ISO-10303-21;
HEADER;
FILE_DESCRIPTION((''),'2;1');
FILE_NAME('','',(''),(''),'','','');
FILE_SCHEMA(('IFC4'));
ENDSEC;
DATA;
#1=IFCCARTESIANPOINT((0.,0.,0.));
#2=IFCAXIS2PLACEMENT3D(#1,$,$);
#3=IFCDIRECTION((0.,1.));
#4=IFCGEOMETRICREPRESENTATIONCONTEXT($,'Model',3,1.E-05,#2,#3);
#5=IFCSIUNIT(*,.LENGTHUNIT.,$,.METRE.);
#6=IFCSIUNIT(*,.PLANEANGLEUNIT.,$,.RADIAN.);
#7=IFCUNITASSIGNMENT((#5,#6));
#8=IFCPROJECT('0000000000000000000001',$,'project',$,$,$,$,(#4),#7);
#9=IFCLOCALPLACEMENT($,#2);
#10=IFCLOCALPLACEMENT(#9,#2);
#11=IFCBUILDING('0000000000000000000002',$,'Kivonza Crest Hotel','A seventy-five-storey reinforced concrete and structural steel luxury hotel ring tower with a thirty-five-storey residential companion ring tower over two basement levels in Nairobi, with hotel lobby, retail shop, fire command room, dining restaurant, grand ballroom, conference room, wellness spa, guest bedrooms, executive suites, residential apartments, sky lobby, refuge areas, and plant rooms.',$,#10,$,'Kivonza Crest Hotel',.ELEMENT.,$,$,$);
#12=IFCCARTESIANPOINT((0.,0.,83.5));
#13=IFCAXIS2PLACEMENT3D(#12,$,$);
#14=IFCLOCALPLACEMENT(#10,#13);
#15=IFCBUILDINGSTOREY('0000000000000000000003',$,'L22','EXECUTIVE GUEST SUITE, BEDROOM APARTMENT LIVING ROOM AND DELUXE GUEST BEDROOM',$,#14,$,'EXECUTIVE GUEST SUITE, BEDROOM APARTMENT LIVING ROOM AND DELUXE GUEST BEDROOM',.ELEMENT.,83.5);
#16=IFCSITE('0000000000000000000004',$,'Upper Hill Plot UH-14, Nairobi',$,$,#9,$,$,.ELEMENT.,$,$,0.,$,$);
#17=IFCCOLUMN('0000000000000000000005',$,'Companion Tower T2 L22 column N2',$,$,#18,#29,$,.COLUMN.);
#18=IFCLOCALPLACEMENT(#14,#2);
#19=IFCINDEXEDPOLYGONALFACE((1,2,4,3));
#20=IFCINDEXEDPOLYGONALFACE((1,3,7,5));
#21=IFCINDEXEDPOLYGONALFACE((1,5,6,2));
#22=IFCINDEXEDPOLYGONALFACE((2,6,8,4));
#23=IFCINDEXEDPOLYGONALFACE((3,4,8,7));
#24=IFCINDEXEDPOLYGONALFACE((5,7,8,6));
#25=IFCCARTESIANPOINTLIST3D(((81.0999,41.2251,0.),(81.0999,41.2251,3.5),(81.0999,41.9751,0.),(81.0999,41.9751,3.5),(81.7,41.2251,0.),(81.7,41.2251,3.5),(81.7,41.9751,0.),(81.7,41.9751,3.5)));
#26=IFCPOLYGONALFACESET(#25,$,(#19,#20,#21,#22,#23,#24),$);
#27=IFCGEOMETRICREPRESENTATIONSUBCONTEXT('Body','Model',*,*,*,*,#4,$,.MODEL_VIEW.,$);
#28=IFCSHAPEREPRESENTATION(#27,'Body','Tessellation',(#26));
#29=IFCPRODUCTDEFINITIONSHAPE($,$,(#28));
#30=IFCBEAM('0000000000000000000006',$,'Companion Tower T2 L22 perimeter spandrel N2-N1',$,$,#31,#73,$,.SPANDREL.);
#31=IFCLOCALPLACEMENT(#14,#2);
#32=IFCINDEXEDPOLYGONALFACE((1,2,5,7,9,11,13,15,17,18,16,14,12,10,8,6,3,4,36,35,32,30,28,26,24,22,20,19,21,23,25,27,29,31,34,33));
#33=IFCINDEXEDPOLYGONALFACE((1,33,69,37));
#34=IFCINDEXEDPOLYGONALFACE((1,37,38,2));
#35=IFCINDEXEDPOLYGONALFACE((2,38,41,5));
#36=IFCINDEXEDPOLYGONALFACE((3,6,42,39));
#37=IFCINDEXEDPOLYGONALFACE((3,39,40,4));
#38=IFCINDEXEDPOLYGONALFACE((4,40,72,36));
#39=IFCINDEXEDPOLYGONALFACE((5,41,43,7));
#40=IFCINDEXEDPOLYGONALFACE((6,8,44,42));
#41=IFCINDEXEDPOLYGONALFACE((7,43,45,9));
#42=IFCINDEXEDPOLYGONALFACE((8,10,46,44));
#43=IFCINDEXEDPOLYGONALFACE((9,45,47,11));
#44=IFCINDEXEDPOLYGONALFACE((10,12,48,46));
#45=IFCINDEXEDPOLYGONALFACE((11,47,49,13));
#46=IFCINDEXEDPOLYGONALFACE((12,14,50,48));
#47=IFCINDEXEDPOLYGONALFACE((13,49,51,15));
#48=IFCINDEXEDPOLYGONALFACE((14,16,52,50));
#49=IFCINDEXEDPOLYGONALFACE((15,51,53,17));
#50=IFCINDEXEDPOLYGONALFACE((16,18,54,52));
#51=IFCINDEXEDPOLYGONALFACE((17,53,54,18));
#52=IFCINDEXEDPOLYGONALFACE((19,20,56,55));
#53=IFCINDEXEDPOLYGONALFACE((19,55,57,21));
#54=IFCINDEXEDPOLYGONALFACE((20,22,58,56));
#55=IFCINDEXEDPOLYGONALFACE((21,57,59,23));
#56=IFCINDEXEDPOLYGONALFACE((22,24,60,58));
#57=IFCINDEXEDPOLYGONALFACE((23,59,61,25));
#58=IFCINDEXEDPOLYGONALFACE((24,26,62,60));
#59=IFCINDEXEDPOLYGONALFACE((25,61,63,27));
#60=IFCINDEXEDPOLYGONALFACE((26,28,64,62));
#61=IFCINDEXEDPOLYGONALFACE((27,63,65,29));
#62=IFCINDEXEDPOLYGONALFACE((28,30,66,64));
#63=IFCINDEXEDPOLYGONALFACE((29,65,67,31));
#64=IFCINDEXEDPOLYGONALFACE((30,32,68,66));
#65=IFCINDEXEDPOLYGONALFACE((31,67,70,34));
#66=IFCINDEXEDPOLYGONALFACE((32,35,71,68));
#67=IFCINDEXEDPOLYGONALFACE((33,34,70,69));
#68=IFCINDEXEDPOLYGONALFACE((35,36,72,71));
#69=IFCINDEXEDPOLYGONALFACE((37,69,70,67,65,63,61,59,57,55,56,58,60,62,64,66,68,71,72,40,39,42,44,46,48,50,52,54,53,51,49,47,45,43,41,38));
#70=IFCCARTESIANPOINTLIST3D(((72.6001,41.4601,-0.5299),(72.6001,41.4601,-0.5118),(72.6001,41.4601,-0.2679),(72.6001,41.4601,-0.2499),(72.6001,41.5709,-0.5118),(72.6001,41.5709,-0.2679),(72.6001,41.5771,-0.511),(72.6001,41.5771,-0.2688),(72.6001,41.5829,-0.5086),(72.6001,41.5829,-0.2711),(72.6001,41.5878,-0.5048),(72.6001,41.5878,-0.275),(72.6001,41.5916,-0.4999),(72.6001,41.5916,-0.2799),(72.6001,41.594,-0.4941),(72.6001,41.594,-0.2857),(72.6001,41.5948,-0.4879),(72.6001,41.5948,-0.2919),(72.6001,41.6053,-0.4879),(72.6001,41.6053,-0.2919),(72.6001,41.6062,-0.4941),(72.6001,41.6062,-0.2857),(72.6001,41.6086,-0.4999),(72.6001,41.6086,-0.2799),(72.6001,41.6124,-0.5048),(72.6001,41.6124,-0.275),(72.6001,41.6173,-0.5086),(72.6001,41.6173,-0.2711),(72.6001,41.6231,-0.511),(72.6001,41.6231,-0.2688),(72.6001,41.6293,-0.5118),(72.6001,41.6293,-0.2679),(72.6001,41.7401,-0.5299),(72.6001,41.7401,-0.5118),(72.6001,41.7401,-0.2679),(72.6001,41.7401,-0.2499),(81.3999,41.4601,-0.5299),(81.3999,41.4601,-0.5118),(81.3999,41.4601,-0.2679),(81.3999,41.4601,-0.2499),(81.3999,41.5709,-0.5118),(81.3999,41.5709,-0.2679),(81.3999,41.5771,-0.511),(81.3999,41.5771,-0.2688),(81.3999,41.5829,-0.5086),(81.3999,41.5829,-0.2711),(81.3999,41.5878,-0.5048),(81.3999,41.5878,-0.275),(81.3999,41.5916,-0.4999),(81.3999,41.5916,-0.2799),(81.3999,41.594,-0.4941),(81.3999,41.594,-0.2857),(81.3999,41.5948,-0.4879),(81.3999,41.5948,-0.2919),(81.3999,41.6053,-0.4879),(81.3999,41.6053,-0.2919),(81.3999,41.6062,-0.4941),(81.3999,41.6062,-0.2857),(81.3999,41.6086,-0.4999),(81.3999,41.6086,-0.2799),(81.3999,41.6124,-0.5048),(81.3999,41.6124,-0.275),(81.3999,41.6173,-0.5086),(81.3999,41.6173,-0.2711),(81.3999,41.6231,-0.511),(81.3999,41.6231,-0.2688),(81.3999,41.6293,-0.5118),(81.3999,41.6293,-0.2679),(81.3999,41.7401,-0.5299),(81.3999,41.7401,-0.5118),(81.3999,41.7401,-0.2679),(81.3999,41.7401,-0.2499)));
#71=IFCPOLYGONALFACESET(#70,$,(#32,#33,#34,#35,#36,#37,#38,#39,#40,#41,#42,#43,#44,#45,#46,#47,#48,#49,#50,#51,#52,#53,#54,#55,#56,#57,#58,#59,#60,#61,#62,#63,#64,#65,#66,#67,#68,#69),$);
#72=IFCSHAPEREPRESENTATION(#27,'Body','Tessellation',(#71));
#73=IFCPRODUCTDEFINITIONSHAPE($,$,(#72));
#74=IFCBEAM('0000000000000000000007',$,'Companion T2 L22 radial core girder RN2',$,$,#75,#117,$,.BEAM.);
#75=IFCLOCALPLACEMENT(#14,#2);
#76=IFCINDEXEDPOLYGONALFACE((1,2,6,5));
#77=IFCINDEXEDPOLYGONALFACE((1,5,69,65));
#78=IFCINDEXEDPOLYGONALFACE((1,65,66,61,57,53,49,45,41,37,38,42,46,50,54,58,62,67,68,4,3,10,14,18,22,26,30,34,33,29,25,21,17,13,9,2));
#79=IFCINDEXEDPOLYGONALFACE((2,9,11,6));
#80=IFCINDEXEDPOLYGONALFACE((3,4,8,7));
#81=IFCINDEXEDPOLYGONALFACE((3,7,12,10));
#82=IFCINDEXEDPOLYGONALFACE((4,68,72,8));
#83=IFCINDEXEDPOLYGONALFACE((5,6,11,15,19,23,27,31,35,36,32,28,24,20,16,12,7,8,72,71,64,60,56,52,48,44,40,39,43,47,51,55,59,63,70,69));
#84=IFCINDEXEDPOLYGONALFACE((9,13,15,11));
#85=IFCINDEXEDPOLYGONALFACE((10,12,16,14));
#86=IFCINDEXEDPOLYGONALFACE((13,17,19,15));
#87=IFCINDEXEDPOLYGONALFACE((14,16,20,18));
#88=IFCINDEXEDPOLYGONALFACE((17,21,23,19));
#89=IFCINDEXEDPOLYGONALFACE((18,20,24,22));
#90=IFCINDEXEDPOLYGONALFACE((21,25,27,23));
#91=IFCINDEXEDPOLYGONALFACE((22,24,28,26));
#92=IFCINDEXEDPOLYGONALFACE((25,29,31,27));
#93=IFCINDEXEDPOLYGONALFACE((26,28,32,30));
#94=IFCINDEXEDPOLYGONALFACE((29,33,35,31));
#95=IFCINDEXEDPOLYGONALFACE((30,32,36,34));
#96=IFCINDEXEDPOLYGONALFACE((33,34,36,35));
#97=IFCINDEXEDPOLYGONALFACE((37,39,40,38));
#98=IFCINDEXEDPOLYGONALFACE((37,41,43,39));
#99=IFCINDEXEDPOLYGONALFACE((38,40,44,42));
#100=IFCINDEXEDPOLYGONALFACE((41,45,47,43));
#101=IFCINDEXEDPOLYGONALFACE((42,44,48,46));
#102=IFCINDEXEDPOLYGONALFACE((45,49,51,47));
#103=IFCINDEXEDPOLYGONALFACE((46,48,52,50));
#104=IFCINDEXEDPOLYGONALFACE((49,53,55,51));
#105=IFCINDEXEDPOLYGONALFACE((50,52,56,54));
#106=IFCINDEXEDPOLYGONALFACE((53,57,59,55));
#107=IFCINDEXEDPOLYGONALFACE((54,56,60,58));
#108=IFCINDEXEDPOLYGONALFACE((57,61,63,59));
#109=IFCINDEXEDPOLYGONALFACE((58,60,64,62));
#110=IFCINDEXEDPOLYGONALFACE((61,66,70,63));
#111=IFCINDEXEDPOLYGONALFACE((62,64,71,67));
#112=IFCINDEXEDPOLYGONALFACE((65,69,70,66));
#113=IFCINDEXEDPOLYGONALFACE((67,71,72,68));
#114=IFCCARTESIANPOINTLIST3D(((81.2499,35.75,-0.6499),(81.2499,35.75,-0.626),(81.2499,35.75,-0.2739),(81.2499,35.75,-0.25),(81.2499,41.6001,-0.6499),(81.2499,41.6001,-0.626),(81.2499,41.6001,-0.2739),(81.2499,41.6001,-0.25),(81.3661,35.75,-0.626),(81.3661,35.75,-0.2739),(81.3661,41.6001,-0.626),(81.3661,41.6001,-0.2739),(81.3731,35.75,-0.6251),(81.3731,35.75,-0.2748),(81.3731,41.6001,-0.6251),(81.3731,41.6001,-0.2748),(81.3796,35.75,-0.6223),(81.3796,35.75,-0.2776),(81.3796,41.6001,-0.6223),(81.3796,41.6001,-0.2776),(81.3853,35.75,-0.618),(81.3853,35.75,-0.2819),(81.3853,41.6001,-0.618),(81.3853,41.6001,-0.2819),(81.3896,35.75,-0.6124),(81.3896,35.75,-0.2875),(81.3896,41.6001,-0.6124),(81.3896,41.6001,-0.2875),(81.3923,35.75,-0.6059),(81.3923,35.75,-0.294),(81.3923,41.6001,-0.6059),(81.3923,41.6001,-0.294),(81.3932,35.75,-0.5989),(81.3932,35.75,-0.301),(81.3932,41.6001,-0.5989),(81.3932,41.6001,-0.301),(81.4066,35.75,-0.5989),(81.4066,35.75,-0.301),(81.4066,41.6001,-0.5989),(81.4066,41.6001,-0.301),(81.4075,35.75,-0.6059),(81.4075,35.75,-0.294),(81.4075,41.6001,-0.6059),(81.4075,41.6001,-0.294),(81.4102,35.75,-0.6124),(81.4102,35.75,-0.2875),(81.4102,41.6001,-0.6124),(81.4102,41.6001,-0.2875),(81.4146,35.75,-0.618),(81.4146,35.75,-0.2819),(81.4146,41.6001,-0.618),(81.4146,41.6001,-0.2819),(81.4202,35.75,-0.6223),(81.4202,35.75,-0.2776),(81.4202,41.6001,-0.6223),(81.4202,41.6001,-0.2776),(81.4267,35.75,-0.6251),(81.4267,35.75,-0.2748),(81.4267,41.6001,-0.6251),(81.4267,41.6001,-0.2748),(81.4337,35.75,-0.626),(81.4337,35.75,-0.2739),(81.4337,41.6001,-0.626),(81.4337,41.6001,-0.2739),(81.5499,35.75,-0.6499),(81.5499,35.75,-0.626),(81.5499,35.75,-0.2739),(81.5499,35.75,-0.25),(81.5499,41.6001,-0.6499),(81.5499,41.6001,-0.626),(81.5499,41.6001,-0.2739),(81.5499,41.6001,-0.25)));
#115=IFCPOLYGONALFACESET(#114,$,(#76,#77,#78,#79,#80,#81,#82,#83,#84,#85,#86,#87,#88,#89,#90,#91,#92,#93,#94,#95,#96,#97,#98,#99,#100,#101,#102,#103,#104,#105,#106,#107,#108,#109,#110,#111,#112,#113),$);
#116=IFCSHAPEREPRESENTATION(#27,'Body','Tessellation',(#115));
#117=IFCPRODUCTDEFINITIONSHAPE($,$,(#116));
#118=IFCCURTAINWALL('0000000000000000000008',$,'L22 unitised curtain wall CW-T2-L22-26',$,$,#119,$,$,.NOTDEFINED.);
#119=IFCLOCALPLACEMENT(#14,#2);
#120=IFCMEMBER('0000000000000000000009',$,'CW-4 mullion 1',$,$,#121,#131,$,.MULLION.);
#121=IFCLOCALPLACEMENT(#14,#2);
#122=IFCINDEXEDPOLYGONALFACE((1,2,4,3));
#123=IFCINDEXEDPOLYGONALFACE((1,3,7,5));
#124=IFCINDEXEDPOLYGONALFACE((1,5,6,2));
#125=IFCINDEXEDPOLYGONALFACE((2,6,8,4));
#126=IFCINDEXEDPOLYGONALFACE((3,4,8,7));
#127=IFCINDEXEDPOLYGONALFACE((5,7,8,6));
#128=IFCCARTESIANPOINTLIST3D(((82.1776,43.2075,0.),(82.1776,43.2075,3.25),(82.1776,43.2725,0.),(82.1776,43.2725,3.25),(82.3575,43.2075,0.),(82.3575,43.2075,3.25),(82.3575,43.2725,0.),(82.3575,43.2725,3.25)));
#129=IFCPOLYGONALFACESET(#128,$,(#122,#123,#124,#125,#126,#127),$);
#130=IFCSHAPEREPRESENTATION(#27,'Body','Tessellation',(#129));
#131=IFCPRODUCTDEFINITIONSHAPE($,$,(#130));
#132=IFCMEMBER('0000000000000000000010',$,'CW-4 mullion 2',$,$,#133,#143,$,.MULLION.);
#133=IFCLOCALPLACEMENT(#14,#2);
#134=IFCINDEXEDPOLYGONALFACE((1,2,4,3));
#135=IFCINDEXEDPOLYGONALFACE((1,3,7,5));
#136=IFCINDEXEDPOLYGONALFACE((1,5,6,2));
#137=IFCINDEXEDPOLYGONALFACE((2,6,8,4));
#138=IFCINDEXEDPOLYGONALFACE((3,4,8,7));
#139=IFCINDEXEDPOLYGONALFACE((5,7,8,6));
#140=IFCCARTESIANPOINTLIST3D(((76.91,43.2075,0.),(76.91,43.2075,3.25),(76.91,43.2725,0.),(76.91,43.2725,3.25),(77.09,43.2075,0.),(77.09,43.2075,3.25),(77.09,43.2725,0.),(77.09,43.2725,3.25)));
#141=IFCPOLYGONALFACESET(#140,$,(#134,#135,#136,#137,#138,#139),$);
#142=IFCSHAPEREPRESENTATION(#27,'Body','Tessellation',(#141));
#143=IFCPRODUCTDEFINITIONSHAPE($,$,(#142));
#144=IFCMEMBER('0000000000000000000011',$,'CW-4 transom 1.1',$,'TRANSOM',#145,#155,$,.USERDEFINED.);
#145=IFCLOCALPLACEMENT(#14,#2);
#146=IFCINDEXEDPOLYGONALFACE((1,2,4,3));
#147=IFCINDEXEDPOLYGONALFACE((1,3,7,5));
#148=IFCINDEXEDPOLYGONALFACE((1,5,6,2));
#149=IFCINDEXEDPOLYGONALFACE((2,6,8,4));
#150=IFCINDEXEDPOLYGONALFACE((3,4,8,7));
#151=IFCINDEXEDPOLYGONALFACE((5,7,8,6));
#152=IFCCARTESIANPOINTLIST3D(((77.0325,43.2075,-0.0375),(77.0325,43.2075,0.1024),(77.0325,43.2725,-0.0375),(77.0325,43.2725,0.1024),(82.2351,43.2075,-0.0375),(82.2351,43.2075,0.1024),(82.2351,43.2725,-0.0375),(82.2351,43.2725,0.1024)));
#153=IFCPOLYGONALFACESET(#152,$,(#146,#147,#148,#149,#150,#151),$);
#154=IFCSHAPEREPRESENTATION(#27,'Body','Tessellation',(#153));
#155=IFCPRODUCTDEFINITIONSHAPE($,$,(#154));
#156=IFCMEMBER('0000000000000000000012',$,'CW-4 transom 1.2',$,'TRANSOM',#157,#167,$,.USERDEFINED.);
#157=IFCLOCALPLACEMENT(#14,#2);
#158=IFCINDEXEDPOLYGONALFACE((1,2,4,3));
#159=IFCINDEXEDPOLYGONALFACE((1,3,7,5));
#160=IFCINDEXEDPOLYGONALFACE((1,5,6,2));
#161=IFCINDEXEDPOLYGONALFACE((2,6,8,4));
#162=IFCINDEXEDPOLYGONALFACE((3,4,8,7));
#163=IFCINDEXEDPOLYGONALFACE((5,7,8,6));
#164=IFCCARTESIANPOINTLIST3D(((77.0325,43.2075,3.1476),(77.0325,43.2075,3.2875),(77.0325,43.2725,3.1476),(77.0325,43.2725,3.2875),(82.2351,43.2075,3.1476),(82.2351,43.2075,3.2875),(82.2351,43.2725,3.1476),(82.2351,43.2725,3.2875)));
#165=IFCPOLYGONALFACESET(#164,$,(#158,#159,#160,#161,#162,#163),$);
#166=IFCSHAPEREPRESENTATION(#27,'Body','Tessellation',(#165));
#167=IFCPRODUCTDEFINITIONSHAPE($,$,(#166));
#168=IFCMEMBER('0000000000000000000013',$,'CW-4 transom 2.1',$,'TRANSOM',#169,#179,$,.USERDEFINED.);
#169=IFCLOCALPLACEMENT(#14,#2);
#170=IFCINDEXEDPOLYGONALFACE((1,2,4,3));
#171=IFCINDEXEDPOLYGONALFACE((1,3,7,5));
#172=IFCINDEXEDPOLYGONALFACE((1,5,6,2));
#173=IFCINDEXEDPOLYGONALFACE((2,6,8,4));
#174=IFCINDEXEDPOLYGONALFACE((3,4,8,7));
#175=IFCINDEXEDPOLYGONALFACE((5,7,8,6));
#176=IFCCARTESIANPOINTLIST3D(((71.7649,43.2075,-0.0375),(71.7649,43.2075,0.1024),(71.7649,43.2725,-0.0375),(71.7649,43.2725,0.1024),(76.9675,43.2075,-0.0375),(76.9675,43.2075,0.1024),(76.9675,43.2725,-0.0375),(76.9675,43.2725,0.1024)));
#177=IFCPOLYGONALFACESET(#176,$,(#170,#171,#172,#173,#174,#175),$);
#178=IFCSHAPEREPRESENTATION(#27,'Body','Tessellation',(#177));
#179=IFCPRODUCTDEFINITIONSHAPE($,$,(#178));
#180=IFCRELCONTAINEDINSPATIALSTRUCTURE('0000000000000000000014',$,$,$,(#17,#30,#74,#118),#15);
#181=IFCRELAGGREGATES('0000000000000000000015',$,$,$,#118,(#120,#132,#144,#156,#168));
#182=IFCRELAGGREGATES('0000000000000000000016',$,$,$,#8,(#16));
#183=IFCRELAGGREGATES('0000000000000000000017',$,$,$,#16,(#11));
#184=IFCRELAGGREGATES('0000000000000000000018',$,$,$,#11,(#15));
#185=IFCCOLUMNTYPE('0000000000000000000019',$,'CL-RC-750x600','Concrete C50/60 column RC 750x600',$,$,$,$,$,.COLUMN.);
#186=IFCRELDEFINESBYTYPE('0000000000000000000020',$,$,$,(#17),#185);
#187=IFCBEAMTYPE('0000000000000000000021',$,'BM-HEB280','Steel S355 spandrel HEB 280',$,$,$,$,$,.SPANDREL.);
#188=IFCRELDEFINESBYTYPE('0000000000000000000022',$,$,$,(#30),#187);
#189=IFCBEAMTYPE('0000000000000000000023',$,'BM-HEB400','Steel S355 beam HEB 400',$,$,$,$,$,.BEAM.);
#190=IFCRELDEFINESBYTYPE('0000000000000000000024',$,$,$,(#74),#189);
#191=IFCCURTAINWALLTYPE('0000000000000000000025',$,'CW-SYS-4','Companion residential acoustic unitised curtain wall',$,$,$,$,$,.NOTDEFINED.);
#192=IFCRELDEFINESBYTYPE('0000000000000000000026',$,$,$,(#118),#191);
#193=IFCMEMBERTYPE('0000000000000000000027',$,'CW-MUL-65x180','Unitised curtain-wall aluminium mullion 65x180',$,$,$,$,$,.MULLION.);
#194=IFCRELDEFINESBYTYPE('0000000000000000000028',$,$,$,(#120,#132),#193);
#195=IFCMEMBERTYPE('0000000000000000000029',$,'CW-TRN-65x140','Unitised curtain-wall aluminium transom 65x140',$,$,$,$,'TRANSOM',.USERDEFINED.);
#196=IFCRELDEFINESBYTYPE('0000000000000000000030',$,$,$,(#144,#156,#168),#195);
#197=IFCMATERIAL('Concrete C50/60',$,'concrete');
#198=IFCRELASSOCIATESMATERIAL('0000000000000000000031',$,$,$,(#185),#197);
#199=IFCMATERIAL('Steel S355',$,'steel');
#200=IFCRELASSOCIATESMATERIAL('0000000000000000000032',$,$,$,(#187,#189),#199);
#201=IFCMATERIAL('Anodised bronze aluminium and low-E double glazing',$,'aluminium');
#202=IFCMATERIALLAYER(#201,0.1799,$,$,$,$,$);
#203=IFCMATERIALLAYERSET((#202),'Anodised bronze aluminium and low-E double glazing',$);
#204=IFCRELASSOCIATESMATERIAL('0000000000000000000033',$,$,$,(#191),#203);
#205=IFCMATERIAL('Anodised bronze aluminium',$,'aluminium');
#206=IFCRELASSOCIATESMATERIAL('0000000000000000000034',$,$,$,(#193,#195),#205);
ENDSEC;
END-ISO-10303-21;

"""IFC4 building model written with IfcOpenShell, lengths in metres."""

from ifc_helpers import new_model, si_unit, direction, frame, origin, origin_2d, place, context, subcontext, project, spatial, rectangle, i_section, extrude, material, layer, layer_set, material_profile, profile_set, type_object, element, aggregate, save


model = new_model("IFC4")

# Units and contexts
model_context = context("Model", 3, precision=1e-05, world=origin(), true_north=direction((0.0, 1.0)))
body_context = subcontext(model_context, "Body", "Model", "MODEL_VIEW")
ifc_project = project(units=[si_unit("LENGTHUNIT", "METRE"), si_unit("PLANEANGLEUNIT", "RADIAN")], contexts=[model_context])

# Site, building, storey
site_placement = place(None, origin())
site = spatial("IfcSite", under=ifc_project, at=site_placement, Name="Upper Hill Plot UH-14, Nairobi", CompositionType="ELEMENT", RefElevation=0.0)
building_placement = place(site_placement, origin())
building = spatial("IfcBuilding", under=site, at=building_placement, Name="Kivonza Crest Hotel", Description="A seventy-five-storey reinforced concrete and structural steel luxury hotel ring tower with a thirty-five-storey residential companion ring tower over two basement levels in Nairobi, with hotel lobby, retail shop, fire command room, dining restaurant, grand ballroom, conference room, wellness spa, guest bedrooms, executive suites, residential apartments, sky lobby, refuge areas, and plant rooms.", LongName="Kivonza Crest Hotel", CompositionType="ELEMENT")
storey_placement = place(building_placement, frame((0.0, 0.0, 83.5)))
storey = spatial("IfcBuildingStorey", under=building, at=storey_placement, Name="L22", Description="EXECUTIVE GUEST SUITE, BEDROOM APARTMENT LIVING ROOM AND DELUXE GUEST BEDROOM", LongName="EXECUTIVE GUEST SUITE, BEDROOM APARTMENT LIVING ROOM AND DELUXE GUEST BEDROOM", CompositionType="ELEMENT", Elevation=83.5)

# Column
ifc_material_1 = material(Name="Concrete C50/60", Category="concrete")
ifc_material_profile_1 = material_profile(ifc_material_1, rectangle(XDim=0.6001, YDim=0.75, at=origin_2d()), Name="RC 750x600")
ifc_profile_set_1 = profile_set([ifc_material_profile_1], Name="Concrete C50/60")
column_type = type_object("IfcColumnType", Name="CL-RC-750x600", Description="Concrete C50/60 column RC 750x600", PredefinedType="COLUMN", material=ifc_profile_set_1)
column_placement = place(storey_placement, frame((81.3999, 41.6001, 0.0), z_axis=(0.0, 0.0, 1.0), x_axis=(1.0, 0.0, 0.0)))
element("IfcColumn", 1, at=column_placement, inside=storey, type_object=column_type, Name="Companion Tower T2 L22 column N2", PredefinedType="COLUMN", context=body_context, shape_type="SweptSolid", body=[
    extrude(rectangle(XDim=0.6001, YDim=0.75, at=origin_2d()), origin(), (0.0, 0.0, 1.0), 3.5),
])

# Beams
ifc_material_2 = material(Name="Steel S355", Category="steel")
ifc_material_profile_2 = material_profile(ifc_material_2, i_section(OverallWidth=0.28, OverallDepth=0.28, WebThickness=0.0105, FlangeThickness=0.0181, FilletRadius=0.0239, at=origin_2d()), Name="HEB 280")
ifc_profile_set_2 = profile_set([ifc_material_profile_2], Name="Steel S355")
beam_type_1 = type_object("IfcBeamType", Name="BM-HEB280", Description="Steel S355 spandrel HEB 280", PredefinedType="SPANDREL", material=ifc_profile_set_2)
beam_1_placement = place(storey_placement, frame((81.3999, 41.6001, -0.3899), z_axis=(-1.0, 0.0, 0.0), x_axis=(0.0, -1.0, 0.0)))
element("IfcBeam", 2, at=beam_1_placement, inside=storey, type_object=beam_type_1, Name="Companion Tower T2 L22 perimeter spandrel N2-N1", PredefinedType="SPANDREL", context=body_context, shape_type="SweptSolid", body=[
    extrude(i_section(OverallWidth=0.28, OverallDepth=0.28, WebThickness=0.0105, FlangeThickness=0.0181, FilletRadius=0.0239, at=origin_2d()), origin(), (0.0, 0.0, 1.0), 8.7998),
])
ifc_material_profile_3 = material_profile(ifc_material_2, i_section(OverallWidth=0.3, OverallDepth=0.3999, WebThickness=0.0134, FlangeThickness=0.0239, FilletRadius=0.0271, at=origin_2d()), Name="HEB 400")
ifc_profile_set_3 = profile_set([ifc_material_profile_3], Name="Steel S355")
beam_type_2 = type_object("IfcBeamType", Name="BM-HEB400", Description="Steel S355 beam HEB 400", PredefinedType="BEAM", material=ifc_profile_set_3)
beam_2_placement = place(storey_placement, frame((81.3999, 41.6001, -0.45), z_axis=(0.0, -1.0, 0.0), x_axis=(1.0, 0.0, 0.0)))
element("IfcBeam", 3, at=beam_2_placement, inside=storey, type_object=beam_type_2, Name="Companion T2 L22 radial core girder RN2", PredefinedType="BEAM", context=body_context, shape_type="SweptSolid", body=[
    extrude(i_section(OverallWidth=0.3, OverallDepth=0.3999, WebThickness=0.0134, FlangeThickness=0.0239, FilletRadius=0.0271, at=origin_2d()), origin(), (0.0, 0.0, 1.0), 5.8501),
])

# Curtain wall, members
ifc_material_3 = material(Name="Anodised bronze aluminium and low-E double glazing", Category="aluminium")
ifc_layer_1 = layer(ifc_material_3, 0.1799)
ifc_layer_set_1 = layer_set([ifc_layer_1], Name="Anodised bronze aluminium and low-E double glazing")
curtain_wall_type = type_object("IfcCurtainWallType", Name="CW-SYS-4", Description="Companion residential acoustic unitised curtain wall", PredefinedType="NOTDEFINED", material=ifc_layer_set_1)
curtain_wall_placement = place(storey_placement, origin())
curtain_wall = element("IfcCurtainWall", 4, at=curtain_wall_placement, inside=storey, type_object=curtain_wall_type, Name="L22 unitised curtain wall CW-T2-L22-26", PredefinedType="NOTDEFINED")
ifc_material_4 = material(Name="Anodised bronze aluminium", Category="aluminium")
ifc_material_profile_4 = material_profile(ifc_material_4, rectangle(XDim=0.0649, YDim=0.1799, at=origin_2d()), Name="CW-M 65x180")
ifc_profile_set_4 = profile_set([ifc_material_profile_4], Name="Anodised bronze aluminium")
member_type_1 = type_object("IfcMemberType", Name="CW-MUL-65x180", Description="Unitised curtain-wall aluminium mullion 65x180", PredefinedType="MULLION", material=ifc_profile_set_4)
member_1_placement = place(storey_placement, frame((82.2676, 43.24, 0.0), z_axis=(0.0, 0.0, 1.0), x_axis=(0.0, -1.0, 0.0)))
member_1 = element("IfcMember", 5, at=member_1_placement, type_object=member_type_1, Name="CW-4 mullion 1", PredefinedType="MULLION", context=body_context, shape_type="SweptSolid", body=[
    extrude(rectangle(XDim=0.0649, YDim=0.1799, at=origin_2d()), origin(), (0.0, 0.0, 1.0), 3.25),
])
member_2_placement = place(storey_placement, frame((77.0, 43.24, 0.0), z_axis=(0.0, 0.0, 1.0), x_axis=(0.0, -1.0, 0.0)))
member_2 = element("IfcMember", 6, at=member_2_placement, type_object=member_type_1, Name="CW-4 mullion 2", PredefinedType="MULLION", context=body_context, shape_type="SweptSolid", body=[
    extrude(rectangle(XDim=0.0649, YDim=0.1799, at=origin_2d()), origin(), (0.0, 0.0, 1.0), 3.25),
])
ifc_material_profile_5 = material_profile(ifc_material_4, rectangle(XDim=0.0649, YDim=0.1399, at=origin_2d()), Name="CW-T 65x140")
ifc_profile_set_5 = profile_set([ifc_material_profile_5], Name="Anodised bronze aluminium")
member_type_2 = type_object("IfcMemberType", Name="CW-TRN-65x140", Description="Unitised curtain-wall aluminium transom 65x140", ElementType="TRANSOM", PredefinedType="USERDEFINED", material=ifc_profile_set_5)
member_3_placement = place(storey_placement, frame((82.2351, 43.24, 0.0325), z_axis=(-1.0, 0.0, 0.0), x_axis=(0.0, -1.0, 0.0)))
member_3 = element("IfcMember", 7, at=member_3_placement, type_object=member_type_2, Name="CW-4 transom 1.1", ObjectType="TRANSOM", PredefinedType="USERDEFINED", context=body_context, shape_type="SweptSolid", body=[
    extrude(rectangle(XDim=0.0649, YDim=0.1399, at=origin_2d()), origin(), (0.0, 0.0, 1.0), 5.2026),
])
member_4_placement = place(storey_placement, frame((82.2351, 43.24, 3.2175), z_axis=(-1.0, 0.0, 0.0), x_axis=(0.0, -1.0, 0.0)))
member_4 = element("IfcMember", 8, at=member_4_placement, type_object=member_type_2, Name="CW-4 transom 1.2", ObjectType="TRANSOM", PredefinedType="USERDEFINED", context=body_context, shape_type="SweptSolid", body=[
    extrude(rectangle(XDim=0.0649, YDim=0.1399, at=origin_2d()), origin(), (0.0, 0.0, 1.0), 5.2026),
])
member_5_placement = place(storey_placement, frame((76.9675, 43.24, 0.0325), z_axis=(-1.0, 0.0, 0.0), x_axis=(0.0, -1.0, 0.0)))
member_5 = element("IfcMember", 9, at=member_5_placement, type_object=member_type_2, Name="CW-4 transom 2.1", ObjectType="TRANSOM", PredefinedType="USERDEFINED", context=body_context, shape_type="SweptSolid", body=[
    extrude(rectangle(XDim=0.0649, YDim=0.1399, at=origin_2d()), origin(), (0.0, 0.0, 1.0), 5.2026),
])
aggregate(curtain_wall, [member_1, member_2, member_3, member_4, member_5])

save(model, "model.ifc")
